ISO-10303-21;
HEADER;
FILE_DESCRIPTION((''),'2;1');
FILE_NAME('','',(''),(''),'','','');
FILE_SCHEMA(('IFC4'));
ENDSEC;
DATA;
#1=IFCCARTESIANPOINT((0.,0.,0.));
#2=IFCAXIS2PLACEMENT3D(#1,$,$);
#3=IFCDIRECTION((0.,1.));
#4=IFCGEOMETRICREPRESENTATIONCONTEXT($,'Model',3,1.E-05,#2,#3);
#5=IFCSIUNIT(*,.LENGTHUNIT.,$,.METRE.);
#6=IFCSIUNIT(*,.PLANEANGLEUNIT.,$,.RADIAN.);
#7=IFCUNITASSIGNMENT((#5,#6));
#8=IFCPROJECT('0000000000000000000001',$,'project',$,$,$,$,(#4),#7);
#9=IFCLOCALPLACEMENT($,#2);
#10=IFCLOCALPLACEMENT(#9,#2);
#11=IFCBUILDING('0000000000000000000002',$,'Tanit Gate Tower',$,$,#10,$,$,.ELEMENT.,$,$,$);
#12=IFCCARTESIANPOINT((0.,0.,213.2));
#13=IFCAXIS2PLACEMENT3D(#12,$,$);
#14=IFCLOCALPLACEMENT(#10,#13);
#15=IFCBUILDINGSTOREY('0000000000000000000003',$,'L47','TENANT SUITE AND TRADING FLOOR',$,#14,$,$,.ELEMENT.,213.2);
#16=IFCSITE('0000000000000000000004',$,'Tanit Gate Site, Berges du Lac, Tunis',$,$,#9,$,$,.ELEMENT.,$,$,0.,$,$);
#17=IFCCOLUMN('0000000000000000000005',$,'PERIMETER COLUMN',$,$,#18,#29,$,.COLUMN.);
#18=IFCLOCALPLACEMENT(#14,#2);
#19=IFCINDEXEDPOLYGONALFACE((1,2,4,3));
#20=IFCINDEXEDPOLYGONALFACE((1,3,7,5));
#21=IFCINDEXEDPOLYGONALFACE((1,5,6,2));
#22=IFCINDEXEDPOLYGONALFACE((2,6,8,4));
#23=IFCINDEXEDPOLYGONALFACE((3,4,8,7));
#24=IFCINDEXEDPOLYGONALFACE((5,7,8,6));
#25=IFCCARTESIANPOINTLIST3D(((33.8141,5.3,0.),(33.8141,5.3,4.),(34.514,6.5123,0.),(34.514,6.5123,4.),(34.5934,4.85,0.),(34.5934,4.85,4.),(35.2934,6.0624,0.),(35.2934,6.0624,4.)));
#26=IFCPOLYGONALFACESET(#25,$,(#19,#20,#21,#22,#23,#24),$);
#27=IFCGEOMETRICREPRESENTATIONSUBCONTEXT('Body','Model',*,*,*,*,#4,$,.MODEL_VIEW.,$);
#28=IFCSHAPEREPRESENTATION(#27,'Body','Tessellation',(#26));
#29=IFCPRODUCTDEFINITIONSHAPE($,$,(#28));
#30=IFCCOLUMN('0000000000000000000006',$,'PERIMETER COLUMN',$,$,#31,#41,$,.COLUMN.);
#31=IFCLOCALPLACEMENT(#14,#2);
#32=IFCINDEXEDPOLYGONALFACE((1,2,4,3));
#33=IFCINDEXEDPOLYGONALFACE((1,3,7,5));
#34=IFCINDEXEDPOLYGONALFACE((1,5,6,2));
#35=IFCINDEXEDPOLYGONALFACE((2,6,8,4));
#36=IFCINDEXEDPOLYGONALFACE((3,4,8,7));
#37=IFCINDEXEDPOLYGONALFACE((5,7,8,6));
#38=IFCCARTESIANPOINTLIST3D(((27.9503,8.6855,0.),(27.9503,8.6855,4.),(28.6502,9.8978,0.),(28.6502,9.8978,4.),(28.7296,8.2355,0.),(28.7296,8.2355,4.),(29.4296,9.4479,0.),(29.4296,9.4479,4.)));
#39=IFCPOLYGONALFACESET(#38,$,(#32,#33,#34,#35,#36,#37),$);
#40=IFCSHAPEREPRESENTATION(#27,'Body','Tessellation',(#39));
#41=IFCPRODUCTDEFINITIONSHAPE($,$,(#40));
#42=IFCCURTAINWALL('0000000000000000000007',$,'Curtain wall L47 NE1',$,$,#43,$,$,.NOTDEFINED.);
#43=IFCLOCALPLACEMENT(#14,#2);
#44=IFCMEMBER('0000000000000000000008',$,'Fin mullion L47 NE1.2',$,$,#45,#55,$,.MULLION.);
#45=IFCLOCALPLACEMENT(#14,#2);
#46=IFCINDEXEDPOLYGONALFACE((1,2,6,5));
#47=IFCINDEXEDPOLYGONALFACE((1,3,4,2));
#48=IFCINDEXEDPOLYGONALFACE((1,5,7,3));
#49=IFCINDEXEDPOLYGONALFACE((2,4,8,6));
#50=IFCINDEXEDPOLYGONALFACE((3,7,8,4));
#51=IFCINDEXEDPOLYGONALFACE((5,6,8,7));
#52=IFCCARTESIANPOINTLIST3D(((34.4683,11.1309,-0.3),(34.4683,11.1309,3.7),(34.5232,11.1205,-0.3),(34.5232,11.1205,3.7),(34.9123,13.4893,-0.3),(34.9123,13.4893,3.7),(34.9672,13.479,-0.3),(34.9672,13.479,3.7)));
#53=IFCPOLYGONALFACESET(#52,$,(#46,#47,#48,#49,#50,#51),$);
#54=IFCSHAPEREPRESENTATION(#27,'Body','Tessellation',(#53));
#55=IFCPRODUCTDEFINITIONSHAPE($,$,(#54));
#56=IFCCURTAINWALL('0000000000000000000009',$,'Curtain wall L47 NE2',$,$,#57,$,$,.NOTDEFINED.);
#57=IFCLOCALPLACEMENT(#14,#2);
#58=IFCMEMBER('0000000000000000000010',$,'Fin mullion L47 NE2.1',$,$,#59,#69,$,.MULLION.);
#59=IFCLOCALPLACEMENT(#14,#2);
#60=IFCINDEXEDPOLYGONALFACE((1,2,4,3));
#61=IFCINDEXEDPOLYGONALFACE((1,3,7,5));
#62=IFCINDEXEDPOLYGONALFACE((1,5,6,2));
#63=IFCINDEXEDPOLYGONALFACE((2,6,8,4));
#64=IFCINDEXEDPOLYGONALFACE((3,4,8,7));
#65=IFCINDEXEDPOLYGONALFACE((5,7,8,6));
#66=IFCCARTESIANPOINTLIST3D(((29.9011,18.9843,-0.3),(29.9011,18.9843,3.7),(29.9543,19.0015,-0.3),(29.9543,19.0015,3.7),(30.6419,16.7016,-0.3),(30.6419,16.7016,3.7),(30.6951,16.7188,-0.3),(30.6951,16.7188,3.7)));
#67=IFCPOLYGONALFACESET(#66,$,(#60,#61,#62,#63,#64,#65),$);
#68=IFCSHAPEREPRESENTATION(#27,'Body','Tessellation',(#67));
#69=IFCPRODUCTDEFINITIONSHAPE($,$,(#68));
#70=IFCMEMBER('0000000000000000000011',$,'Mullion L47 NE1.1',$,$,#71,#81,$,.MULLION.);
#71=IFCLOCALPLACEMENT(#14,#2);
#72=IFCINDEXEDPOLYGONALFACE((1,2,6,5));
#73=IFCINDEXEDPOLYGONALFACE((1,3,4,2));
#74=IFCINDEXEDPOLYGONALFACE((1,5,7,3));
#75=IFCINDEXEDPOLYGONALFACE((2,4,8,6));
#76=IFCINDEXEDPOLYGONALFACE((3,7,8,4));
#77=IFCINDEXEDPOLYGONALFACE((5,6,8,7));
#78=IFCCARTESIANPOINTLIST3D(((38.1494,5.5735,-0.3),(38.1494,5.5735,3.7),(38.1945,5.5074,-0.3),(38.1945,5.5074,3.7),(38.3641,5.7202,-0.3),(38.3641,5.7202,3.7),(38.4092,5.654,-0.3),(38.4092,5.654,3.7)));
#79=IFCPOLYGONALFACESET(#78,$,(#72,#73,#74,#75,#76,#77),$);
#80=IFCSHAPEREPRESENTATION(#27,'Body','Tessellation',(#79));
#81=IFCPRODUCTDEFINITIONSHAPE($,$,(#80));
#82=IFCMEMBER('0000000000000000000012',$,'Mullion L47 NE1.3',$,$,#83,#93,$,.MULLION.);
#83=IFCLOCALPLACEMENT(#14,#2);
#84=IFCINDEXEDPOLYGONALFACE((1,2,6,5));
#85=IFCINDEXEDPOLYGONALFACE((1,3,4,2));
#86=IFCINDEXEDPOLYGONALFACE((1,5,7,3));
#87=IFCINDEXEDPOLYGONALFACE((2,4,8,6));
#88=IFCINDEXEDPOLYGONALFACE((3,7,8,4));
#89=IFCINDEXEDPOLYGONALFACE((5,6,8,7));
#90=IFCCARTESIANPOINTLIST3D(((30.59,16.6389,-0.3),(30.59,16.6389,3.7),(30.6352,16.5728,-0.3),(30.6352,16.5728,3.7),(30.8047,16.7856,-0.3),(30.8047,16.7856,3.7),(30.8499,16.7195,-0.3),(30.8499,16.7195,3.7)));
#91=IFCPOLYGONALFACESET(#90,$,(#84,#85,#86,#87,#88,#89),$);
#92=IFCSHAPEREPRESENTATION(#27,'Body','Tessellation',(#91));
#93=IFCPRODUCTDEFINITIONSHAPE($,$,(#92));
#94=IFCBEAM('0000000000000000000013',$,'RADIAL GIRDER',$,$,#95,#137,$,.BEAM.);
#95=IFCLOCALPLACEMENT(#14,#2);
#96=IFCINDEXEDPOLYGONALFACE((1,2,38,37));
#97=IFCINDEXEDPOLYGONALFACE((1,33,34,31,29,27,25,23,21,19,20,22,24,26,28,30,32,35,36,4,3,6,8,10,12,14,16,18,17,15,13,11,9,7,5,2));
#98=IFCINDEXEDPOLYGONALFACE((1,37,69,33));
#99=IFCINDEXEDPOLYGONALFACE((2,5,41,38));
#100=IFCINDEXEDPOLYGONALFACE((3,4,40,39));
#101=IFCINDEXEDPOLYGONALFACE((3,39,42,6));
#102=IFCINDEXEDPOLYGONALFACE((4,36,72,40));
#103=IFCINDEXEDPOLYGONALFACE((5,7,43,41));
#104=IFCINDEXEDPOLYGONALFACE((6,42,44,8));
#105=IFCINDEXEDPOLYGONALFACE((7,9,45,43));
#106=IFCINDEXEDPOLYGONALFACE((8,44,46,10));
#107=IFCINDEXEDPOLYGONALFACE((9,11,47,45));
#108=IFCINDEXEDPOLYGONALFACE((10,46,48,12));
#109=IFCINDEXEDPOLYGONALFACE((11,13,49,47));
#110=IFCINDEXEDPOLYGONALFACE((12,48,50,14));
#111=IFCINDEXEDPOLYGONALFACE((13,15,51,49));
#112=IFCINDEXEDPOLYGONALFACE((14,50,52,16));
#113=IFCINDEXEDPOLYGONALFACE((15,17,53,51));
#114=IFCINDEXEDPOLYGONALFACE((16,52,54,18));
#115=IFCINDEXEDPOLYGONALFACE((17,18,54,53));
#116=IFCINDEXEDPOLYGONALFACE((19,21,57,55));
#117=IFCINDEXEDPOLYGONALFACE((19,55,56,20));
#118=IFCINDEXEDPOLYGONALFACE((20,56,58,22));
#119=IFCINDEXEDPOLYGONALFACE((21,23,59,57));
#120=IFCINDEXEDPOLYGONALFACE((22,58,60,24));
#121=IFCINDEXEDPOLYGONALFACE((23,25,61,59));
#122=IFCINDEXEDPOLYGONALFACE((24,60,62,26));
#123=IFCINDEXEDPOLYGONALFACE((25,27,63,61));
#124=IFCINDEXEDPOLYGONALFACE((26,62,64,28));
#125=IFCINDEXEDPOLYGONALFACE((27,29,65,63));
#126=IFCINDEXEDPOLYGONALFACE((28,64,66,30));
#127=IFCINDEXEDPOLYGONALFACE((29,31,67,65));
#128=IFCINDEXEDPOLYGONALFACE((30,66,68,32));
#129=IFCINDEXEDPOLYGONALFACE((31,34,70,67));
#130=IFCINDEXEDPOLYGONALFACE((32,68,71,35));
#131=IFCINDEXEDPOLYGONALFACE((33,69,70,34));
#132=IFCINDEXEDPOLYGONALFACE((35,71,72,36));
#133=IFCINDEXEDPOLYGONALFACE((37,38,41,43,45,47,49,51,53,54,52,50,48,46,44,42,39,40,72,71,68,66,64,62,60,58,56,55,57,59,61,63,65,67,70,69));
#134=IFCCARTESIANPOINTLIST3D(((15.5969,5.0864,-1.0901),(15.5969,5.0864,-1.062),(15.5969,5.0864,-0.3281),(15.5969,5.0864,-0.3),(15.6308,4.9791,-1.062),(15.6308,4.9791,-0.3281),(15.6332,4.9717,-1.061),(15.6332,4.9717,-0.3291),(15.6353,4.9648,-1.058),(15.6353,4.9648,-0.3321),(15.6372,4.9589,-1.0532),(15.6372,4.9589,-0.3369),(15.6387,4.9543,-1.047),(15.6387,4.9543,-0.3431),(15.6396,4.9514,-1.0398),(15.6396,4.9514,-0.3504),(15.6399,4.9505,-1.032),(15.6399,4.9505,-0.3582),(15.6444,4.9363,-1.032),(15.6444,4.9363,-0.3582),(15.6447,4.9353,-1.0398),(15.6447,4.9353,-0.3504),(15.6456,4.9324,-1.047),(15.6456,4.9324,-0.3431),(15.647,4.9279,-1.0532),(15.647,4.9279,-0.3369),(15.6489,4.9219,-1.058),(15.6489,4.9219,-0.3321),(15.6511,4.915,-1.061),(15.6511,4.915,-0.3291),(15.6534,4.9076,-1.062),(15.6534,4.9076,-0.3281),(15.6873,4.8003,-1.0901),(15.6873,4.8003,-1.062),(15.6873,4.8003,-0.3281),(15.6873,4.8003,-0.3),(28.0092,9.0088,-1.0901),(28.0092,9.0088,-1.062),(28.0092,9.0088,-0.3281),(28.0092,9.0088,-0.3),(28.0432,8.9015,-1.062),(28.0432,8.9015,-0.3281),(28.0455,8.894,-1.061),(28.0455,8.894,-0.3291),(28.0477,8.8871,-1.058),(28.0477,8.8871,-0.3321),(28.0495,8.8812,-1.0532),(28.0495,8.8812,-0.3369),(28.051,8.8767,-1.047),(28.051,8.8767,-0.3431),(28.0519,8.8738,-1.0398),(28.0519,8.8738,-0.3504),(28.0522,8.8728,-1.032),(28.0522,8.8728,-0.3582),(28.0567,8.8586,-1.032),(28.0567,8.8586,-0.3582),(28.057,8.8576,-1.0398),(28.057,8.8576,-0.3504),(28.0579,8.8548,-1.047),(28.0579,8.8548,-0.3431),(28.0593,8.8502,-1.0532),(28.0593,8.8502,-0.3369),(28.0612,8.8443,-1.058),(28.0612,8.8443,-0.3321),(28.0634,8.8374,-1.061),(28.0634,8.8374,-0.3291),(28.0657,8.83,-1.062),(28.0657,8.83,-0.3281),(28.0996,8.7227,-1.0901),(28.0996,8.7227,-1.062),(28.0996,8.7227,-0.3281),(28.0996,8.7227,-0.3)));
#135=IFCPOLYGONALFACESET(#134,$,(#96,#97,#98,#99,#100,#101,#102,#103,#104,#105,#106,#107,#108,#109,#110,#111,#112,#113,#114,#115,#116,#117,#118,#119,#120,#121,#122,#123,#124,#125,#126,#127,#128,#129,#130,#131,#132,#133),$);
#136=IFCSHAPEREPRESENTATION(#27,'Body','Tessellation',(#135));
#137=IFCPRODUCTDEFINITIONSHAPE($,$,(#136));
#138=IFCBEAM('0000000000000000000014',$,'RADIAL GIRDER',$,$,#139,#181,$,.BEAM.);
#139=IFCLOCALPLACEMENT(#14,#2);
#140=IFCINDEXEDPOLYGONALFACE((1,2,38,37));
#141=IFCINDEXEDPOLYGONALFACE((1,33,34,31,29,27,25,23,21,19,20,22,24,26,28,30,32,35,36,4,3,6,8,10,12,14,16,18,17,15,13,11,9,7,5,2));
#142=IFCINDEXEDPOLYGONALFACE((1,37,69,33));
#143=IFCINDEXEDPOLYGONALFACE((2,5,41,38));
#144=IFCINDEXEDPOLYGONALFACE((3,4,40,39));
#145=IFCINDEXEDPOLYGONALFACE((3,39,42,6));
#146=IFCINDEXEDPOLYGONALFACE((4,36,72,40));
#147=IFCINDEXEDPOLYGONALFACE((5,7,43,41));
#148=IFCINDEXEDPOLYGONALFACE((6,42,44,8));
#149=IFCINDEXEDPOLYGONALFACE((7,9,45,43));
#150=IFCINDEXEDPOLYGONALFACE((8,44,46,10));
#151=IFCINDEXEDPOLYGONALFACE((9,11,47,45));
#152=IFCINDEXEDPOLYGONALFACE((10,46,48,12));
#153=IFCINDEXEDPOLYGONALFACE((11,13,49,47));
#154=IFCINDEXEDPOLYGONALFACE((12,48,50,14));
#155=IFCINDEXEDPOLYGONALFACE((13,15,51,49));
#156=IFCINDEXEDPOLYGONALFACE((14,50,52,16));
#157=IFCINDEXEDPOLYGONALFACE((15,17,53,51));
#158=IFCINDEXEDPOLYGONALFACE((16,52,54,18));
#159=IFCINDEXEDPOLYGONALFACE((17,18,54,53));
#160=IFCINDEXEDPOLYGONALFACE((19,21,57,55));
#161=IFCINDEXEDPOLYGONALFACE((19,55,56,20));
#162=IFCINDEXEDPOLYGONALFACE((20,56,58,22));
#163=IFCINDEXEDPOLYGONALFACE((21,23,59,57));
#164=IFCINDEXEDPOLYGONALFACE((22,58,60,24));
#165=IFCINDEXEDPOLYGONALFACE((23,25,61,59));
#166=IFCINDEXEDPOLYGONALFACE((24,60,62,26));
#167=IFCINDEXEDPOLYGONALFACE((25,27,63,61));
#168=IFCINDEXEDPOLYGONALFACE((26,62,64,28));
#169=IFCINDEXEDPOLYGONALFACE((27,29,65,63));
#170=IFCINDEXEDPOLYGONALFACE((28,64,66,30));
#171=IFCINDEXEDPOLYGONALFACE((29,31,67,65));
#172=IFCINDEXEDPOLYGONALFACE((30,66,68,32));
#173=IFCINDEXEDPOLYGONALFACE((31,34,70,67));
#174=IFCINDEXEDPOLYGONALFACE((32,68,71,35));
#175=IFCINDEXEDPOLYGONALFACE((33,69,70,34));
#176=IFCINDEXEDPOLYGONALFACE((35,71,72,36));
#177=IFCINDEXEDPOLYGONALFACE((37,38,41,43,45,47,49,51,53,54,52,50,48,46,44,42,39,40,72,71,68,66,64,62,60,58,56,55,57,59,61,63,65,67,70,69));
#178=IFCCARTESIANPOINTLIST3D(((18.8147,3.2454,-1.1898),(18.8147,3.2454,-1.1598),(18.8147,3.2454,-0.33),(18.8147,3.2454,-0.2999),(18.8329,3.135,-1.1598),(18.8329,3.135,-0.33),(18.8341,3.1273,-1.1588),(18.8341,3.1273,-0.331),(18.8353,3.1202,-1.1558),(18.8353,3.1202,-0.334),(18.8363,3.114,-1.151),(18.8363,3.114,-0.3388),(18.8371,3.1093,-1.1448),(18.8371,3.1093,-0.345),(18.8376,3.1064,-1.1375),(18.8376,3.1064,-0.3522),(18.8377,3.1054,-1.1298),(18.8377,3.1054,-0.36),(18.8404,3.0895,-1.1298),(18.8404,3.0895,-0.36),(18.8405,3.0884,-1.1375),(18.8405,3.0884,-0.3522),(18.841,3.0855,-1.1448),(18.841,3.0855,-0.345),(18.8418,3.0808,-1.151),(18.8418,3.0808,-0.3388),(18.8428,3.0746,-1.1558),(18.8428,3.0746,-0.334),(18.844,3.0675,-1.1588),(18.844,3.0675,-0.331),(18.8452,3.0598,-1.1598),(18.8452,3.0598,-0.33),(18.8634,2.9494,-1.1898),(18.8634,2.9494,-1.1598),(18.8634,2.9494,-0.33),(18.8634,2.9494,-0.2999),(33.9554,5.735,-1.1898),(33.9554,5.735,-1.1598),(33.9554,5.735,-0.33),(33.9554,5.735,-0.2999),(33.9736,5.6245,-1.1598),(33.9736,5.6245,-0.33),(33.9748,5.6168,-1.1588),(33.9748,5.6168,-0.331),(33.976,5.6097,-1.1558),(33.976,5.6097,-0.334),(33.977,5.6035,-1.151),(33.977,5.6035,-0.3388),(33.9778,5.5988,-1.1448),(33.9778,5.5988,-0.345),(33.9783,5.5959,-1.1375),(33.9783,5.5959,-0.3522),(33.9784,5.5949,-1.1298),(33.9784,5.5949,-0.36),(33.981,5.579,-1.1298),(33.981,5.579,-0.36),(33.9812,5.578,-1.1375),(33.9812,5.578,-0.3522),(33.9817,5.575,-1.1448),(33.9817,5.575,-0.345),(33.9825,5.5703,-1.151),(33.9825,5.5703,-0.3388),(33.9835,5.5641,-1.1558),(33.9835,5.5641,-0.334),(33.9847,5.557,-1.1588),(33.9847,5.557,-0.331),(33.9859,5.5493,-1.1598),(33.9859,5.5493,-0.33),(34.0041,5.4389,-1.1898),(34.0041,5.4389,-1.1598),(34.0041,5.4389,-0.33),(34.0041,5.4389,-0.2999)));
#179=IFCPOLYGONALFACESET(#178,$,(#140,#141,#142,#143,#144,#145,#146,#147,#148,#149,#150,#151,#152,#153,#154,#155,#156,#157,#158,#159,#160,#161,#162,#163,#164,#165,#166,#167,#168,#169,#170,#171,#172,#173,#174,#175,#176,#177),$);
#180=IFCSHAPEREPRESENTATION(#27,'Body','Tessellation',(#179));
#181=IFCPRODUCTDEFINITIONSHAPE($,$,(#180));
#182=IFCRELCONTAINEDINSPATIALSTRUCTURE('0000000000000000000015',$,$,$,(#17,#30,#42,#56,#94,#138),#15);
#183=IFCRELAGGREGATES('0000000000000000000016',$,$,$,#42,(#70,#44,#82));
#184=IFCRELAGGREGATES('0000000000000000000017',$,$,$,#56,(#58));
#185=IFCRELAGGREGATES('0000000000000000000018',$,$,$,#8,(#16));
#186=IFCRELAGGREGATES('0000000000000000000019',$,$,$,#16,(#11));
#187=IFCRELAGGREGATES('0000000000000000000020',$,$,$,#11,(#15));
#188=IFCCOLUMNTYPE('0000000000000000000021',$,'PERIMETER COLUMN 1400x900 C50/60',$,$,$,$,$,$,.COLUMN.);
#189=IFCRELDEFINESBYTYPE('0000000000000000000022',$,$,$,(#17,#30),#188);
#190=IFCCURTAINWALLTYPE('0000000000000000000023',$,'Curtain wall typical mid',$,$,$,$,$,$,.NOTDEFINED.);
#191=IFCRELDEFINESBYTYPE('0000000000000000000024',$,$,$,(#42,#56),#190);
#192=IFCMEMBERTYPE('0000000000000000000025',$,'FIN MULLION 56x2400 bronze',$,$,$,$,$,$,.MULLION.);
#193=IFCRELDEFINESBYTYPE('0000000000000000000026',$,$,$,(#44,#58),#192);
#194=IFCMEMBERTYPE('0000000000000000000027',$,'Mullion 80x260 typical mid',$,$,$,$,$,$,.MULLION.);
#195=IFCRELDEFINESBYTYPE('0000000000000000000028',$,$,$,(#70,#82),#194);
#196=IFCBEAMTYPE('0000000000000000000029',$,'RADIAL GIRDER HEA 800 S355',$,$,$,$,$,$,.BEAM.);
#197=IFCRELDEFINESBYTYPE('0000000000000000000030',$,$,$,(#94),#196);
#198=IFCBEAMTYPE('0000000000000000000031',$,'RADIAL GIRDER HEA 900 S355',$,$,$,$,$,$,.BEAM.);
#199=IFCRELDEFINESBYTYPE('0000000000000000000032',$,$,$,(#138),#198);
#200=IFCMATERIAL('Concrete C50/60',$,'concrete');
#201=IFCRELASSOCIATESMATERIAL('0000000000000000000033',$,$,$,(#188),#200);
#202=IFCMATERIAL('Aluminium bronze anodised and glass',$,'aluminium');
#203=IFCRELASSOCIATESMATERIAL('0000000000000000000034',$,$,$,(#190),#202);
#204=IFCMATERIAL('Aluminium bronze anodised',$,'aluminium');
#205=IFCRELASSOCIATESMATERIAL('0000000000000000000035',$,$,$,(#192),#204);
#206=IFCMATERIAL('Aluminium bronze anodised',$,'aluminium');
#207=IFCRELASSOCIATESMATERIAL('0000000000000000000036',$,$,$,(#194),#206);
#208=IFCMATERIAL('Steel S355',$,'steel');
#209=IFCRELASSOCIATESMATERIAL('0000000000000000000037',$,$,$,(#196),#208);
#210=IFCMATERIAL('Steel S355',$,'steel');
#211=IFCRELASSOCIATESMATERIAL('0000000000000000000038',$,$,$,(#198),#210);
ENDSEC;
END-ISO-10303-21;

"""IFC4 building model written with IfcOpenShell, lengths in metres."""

from ifc_helpers import new_model, si_unit, direction, frame, origin, origin_2d, place, context, subcontext, project, spatial, rectangle, i_section, extrude, material, material_profile, profile_set, type_object, element, aggregate, save


model = new_model("IFC4")

# Units and contexts
model_context = context("Model", 3, precision=1e-05, world=origin(), true_north=direction((0.0, 1.0)))
body_context = subcontext(model_context, "Body", "Model", "MODEL_VIEW")
ifc_project = project(units=[si_unit("LENGTHUNIT", "METRE"), si_unit("PLANEANGLEUNIT", "RADIAN")], contexts=[model_context])

# Site, building, storey
site_placement = place(None, origin())
site = spatial("IfcSite", under=ifc_project, at=site_placement, Name="Tanit Gate Site, Berges du Lac, Tunis", CompositionType="ELEMENT", RefElevation=0.0)
building_placement = place(site_placement, origin())
building = spatial("IfcBuilding", under=site, at=building_placement, Name="Tanit Gate Tower", CompositionType="ELEMENT")
storey_placement = place(building_placement, frame((0.0, 0.0, 213.2)))
storey = spatial("IfcBuildingStorey", under=building, at=storey_placement, Name="L47", Description="TENANT SUITE AND TRADING FLOOR", CompositionType="ELEMENT", Elevation=213.2)

# Columns
ifc_material_1 = material(Name="Concrete C50/60", Category="concrete")
ifc_material_profile_1 = material_profile(ifc_material_1, rectangle(XDim=1.3999, YDim=0.8999, at=origin_2d()), Name="RC 1400x900")
ifc_profile_set_1 = profile_set([ifc_material_profile_1], Name="Concrete C50/60")
column_type = type_object("IfcColumnType", Name="PERIMETER COLUMN 1400x900 C50/60", PredefinedType="COLUMN", material=ifc_profile_set_1)
for number, where, z_axis, x_axis, name in (
    (1, (34.5537, 5.6812, 0.0), (0.0, 0.0, 1.0), (0.5, 0.866025, 0.0), "PERIMETER COLUMN"),
    (2, (28.6899, 9.0667, 0.0), (0.0, 0.0, 1.0), (0.5, 0.866025, 0.0), "PERIMETER COLUMN"),
):
    element("IfcColumn", number, at=place(storey_placement, frame(where, z_axis=z_axis, x_axis=x_axis)), inside=storey, type_object=column_type, Name=name, PredefinedType="COLUMN", context=body_context, shape_type="SweptSolid", body=[
        extrude(rectangle(XDim=1.3999, YDim=0.8999, at=origin_2d()), origin(), (0.0, 0.0, 1.0), 4.0),
    ])

# Curtain walls, members
ifc_material_2 = material(Name="Aluminium bronze anodised and glass", Category="aluminium")
curtain_wall_type = type_object("IfcCurtainWallType", Name="Curtain wall typical mid", PredefinedType="NOTDEFINED", material=ifc_material_2)
curtain_wall_1_placement = place(storey_placement, origin())
curtain_wall_1 = element("IfcCurtainWall", 3, at=curtain_wall_1_placement, inside=storey, type_object=curtain_wall_type, Name="Curtain wall L47 NE1", PredefinedType="NOTDEFINED")
ifc_material_3 = material(Name="Aluminium bronze anodised", Category="aluminium")
ifc_material_profile_2 = material_profile(ifc_material_3, rectangle(XDim=2.3999, YDim=0.0559, at=origin_2d()), Name="56x2400 bronze fin mullion")
ifc_profile_set_2 = profile_set([ifc_material_profile_2], Name="Aluminium bronze anodised")
member_type_1 = type_object("IfcMemberType", Name="FIN MULLION 56x2400 bronze", PredefinedType="MULLION", material=ifc_profile_set_2)
member_1_placement = place(storey_placement, frame((34.7178, 12.3049, -0.3), z_axis=(0.0, 0.0, 1.0), x_axis=(-0.18501, -0.982737, 0.0)))
member_1 = element("IfcMember", 4, at=member_1_placement, type_object=member_type_1, Name="Fin mullion L47 NE1.2", PredefinedType="MULLION", context=body_context, shape_type="SweptSolid", body=[
    extrude(rectangle(XDim=2.3999, YDim=0.0559, at=origin_2d()), origin(), (0.0, 0.0, 1.0), 4.0),
])
curtain_wall_2_placement = place(storey_placement, origin())
curtain_wall_2 = element("IfcCurtainWall", 5, at=curtain_wall_2_placement, inside=storey, type_object=curtain_wall_type, Name="Curtain wall L47 NE2", PredefinedType="NOTDEFINED")
member_2_placement = place(storey_placement, frame((30.2981, 17.8516, -0.3), z_axis=(0.0, 0.0, 1.0), x_axis=(0.3087, -0.95116, 0.0)))
member_2 = element("IfcMember", 6, at=member_2_placement, type_object=member_type_1, Name="Fin mullion L47 NE2.1", PredefinedType="MULLION", context=body_context, shape_type="SweptSolid", body=[
    extrude(rectangle(XDim=2.3999, YDim=0.0559, at=origin_2d()), origin(), (0.0, 0.0, 1.0), 4.0),
])

# Members
ifc_material_4 = material(Name="Aluminium bronze anodised", Category="aluminium")
ifc_material_profile_3 = material_profile(ifc_material_4, rectangle(XDim=0.26, YDim=0.0801, at=origin_2d()), Name="80x260 bronze mullion")
ifc_profile_set_3 = profile_set([ifc_material_profile_3], Name="Aluminium bronze anodised")
member_type_2 = type_object("IfcMemberType", Name="Mullion 80x260 typical mid", PredefinedType="MULLION", material=ifc_profile_set_3)
member_3_placement = place(storey_placement, frame((38.2793, 5.6138, -0.3), z_axis=(0.0, 0.0, 1.0), x_axis=(-0.825722, -0.564078, 0.0)))
member_3 = element("IfcMember", 7, at=member_3_placement, type_object=member_type_2, Name="Mullion L47 NE1.1", PredefinedType="MULLION", context=body_context, shape_type="SweptSolid", body=[
    extrude(rectangle(XDim=0.26, YDim=0.0801, at=origin_2d()), origin(), (0.0, 0.0, 1.0), 4.0),
])
member_4_placement = place(storey_placement, frame((30.72, 16.6792, -0.3), z_axis=(0.0, 0.0, 1.0), x_axis=(-0.825722, -0.564078, 0.0)))
member_4 = element("IfcMember", 8, at=member_4_placement, type_object=member_type_2, Name="Mullion L47 NE1.3", PredefinedType="MULLION", context=body_context, shape_type="SweptSolid", body=[
    extrude(rectangle(XDim=0.26, YDim=0.0801, at=origin_2d()), origin(), (0.0, 0.0, 1.0), 4.0),
])

# Beams
ifc_material_5 = material(Name="Steel S355", Category="steel")
ifc_material_profile_4 = material_profile(ifc_material_5, i_section(OverallWidth=0.3, OverallDepth=0.79, WebThickness=0.0149, FlangeThickness=0.0281, FilletRadius=0.03, at=origin_2d()), Name="HEA 800")
ifc_profile_set_4 = profile_set([ifc_material_profile_4], Name="Steel S355")
beam_type_1 = type_object("IfcBeamType", Name="RADIAL GIRDER HEA 800 S355", PredefinedType="BEAM", material=ifc_profile_set_4)
beam_1_placement = place(storey_placement, frame((28.0544, 8.8657, -0.6951), z_axis=(-0.953524, -0.301318, 0.0), x_axis=(0.301318, -0.953524, 0.0)))
element("IfcBeam", 9, at=beam_1_placement, inside=storey, type_object=beam_type_1, Name="RADIAL GIRDER", PredefinedType="BEAM", context=body_context, shape_type="SweptSolid", body=[
    extrude(i_section(OverallWidth=0.3, OverallDepth=0.79, WebThickness=0.0149, FlangeThickness=0.0281, FilletRadius=0.03, at=origin_2d()), origin(), (0.0, 0.0, 1.0), 13.0173),
])
ifc_material_6 = material(Name="Steel S355", Category="steel")
ifc_material_profile_5 = material_profile(ifc_material_6, i_section(OverallWidth=0.3, OverallDepth=0.8899, WebThickness=0.0161, FlangeThickness=0.03, FilletRadius=0.03, at=origin_2d()), Name="HEA 900")
ifc_profile_set_5 = profile_set([ifc_material_profile_5], Name="Steel S355")
beam_type_2 = type_object("IfcBeamType", Name="RADIAL GIRDER HEA 900 S355", PredefinedType="BEAM", material=ifc_profile_set_5)
beam_2_placement = place(storey_placement, frame((33.9797, 5.5869, -0.7449), z_axis=(-0.98675, -0.162247, 0.0), x_axis=(0.162247, -0.98675, 0.0)))
element("IfcBeam", 10, at=beam_2_placement, inside=storey, type_object=beam_type_2, Name="RADIAL GIRDER", PredefinedType="BEAM", context=body_context, shape_type="SweptSolid", body=[
    extrude(i_section(OverallWidth=0.3, OverallDepth=0.8899, WebThickness=0.0161, FlangeThickness=0.03, FilletRadius=0.03, at=origin_2d()), origin(), (0.0, 0.0, 1.0), 15.344),
])

aggregate(curtain_wall_1, [member_3, member_1, member_4])
aggregate(curtain_wall_2, [member_2])

save(model, "model.ifc")
